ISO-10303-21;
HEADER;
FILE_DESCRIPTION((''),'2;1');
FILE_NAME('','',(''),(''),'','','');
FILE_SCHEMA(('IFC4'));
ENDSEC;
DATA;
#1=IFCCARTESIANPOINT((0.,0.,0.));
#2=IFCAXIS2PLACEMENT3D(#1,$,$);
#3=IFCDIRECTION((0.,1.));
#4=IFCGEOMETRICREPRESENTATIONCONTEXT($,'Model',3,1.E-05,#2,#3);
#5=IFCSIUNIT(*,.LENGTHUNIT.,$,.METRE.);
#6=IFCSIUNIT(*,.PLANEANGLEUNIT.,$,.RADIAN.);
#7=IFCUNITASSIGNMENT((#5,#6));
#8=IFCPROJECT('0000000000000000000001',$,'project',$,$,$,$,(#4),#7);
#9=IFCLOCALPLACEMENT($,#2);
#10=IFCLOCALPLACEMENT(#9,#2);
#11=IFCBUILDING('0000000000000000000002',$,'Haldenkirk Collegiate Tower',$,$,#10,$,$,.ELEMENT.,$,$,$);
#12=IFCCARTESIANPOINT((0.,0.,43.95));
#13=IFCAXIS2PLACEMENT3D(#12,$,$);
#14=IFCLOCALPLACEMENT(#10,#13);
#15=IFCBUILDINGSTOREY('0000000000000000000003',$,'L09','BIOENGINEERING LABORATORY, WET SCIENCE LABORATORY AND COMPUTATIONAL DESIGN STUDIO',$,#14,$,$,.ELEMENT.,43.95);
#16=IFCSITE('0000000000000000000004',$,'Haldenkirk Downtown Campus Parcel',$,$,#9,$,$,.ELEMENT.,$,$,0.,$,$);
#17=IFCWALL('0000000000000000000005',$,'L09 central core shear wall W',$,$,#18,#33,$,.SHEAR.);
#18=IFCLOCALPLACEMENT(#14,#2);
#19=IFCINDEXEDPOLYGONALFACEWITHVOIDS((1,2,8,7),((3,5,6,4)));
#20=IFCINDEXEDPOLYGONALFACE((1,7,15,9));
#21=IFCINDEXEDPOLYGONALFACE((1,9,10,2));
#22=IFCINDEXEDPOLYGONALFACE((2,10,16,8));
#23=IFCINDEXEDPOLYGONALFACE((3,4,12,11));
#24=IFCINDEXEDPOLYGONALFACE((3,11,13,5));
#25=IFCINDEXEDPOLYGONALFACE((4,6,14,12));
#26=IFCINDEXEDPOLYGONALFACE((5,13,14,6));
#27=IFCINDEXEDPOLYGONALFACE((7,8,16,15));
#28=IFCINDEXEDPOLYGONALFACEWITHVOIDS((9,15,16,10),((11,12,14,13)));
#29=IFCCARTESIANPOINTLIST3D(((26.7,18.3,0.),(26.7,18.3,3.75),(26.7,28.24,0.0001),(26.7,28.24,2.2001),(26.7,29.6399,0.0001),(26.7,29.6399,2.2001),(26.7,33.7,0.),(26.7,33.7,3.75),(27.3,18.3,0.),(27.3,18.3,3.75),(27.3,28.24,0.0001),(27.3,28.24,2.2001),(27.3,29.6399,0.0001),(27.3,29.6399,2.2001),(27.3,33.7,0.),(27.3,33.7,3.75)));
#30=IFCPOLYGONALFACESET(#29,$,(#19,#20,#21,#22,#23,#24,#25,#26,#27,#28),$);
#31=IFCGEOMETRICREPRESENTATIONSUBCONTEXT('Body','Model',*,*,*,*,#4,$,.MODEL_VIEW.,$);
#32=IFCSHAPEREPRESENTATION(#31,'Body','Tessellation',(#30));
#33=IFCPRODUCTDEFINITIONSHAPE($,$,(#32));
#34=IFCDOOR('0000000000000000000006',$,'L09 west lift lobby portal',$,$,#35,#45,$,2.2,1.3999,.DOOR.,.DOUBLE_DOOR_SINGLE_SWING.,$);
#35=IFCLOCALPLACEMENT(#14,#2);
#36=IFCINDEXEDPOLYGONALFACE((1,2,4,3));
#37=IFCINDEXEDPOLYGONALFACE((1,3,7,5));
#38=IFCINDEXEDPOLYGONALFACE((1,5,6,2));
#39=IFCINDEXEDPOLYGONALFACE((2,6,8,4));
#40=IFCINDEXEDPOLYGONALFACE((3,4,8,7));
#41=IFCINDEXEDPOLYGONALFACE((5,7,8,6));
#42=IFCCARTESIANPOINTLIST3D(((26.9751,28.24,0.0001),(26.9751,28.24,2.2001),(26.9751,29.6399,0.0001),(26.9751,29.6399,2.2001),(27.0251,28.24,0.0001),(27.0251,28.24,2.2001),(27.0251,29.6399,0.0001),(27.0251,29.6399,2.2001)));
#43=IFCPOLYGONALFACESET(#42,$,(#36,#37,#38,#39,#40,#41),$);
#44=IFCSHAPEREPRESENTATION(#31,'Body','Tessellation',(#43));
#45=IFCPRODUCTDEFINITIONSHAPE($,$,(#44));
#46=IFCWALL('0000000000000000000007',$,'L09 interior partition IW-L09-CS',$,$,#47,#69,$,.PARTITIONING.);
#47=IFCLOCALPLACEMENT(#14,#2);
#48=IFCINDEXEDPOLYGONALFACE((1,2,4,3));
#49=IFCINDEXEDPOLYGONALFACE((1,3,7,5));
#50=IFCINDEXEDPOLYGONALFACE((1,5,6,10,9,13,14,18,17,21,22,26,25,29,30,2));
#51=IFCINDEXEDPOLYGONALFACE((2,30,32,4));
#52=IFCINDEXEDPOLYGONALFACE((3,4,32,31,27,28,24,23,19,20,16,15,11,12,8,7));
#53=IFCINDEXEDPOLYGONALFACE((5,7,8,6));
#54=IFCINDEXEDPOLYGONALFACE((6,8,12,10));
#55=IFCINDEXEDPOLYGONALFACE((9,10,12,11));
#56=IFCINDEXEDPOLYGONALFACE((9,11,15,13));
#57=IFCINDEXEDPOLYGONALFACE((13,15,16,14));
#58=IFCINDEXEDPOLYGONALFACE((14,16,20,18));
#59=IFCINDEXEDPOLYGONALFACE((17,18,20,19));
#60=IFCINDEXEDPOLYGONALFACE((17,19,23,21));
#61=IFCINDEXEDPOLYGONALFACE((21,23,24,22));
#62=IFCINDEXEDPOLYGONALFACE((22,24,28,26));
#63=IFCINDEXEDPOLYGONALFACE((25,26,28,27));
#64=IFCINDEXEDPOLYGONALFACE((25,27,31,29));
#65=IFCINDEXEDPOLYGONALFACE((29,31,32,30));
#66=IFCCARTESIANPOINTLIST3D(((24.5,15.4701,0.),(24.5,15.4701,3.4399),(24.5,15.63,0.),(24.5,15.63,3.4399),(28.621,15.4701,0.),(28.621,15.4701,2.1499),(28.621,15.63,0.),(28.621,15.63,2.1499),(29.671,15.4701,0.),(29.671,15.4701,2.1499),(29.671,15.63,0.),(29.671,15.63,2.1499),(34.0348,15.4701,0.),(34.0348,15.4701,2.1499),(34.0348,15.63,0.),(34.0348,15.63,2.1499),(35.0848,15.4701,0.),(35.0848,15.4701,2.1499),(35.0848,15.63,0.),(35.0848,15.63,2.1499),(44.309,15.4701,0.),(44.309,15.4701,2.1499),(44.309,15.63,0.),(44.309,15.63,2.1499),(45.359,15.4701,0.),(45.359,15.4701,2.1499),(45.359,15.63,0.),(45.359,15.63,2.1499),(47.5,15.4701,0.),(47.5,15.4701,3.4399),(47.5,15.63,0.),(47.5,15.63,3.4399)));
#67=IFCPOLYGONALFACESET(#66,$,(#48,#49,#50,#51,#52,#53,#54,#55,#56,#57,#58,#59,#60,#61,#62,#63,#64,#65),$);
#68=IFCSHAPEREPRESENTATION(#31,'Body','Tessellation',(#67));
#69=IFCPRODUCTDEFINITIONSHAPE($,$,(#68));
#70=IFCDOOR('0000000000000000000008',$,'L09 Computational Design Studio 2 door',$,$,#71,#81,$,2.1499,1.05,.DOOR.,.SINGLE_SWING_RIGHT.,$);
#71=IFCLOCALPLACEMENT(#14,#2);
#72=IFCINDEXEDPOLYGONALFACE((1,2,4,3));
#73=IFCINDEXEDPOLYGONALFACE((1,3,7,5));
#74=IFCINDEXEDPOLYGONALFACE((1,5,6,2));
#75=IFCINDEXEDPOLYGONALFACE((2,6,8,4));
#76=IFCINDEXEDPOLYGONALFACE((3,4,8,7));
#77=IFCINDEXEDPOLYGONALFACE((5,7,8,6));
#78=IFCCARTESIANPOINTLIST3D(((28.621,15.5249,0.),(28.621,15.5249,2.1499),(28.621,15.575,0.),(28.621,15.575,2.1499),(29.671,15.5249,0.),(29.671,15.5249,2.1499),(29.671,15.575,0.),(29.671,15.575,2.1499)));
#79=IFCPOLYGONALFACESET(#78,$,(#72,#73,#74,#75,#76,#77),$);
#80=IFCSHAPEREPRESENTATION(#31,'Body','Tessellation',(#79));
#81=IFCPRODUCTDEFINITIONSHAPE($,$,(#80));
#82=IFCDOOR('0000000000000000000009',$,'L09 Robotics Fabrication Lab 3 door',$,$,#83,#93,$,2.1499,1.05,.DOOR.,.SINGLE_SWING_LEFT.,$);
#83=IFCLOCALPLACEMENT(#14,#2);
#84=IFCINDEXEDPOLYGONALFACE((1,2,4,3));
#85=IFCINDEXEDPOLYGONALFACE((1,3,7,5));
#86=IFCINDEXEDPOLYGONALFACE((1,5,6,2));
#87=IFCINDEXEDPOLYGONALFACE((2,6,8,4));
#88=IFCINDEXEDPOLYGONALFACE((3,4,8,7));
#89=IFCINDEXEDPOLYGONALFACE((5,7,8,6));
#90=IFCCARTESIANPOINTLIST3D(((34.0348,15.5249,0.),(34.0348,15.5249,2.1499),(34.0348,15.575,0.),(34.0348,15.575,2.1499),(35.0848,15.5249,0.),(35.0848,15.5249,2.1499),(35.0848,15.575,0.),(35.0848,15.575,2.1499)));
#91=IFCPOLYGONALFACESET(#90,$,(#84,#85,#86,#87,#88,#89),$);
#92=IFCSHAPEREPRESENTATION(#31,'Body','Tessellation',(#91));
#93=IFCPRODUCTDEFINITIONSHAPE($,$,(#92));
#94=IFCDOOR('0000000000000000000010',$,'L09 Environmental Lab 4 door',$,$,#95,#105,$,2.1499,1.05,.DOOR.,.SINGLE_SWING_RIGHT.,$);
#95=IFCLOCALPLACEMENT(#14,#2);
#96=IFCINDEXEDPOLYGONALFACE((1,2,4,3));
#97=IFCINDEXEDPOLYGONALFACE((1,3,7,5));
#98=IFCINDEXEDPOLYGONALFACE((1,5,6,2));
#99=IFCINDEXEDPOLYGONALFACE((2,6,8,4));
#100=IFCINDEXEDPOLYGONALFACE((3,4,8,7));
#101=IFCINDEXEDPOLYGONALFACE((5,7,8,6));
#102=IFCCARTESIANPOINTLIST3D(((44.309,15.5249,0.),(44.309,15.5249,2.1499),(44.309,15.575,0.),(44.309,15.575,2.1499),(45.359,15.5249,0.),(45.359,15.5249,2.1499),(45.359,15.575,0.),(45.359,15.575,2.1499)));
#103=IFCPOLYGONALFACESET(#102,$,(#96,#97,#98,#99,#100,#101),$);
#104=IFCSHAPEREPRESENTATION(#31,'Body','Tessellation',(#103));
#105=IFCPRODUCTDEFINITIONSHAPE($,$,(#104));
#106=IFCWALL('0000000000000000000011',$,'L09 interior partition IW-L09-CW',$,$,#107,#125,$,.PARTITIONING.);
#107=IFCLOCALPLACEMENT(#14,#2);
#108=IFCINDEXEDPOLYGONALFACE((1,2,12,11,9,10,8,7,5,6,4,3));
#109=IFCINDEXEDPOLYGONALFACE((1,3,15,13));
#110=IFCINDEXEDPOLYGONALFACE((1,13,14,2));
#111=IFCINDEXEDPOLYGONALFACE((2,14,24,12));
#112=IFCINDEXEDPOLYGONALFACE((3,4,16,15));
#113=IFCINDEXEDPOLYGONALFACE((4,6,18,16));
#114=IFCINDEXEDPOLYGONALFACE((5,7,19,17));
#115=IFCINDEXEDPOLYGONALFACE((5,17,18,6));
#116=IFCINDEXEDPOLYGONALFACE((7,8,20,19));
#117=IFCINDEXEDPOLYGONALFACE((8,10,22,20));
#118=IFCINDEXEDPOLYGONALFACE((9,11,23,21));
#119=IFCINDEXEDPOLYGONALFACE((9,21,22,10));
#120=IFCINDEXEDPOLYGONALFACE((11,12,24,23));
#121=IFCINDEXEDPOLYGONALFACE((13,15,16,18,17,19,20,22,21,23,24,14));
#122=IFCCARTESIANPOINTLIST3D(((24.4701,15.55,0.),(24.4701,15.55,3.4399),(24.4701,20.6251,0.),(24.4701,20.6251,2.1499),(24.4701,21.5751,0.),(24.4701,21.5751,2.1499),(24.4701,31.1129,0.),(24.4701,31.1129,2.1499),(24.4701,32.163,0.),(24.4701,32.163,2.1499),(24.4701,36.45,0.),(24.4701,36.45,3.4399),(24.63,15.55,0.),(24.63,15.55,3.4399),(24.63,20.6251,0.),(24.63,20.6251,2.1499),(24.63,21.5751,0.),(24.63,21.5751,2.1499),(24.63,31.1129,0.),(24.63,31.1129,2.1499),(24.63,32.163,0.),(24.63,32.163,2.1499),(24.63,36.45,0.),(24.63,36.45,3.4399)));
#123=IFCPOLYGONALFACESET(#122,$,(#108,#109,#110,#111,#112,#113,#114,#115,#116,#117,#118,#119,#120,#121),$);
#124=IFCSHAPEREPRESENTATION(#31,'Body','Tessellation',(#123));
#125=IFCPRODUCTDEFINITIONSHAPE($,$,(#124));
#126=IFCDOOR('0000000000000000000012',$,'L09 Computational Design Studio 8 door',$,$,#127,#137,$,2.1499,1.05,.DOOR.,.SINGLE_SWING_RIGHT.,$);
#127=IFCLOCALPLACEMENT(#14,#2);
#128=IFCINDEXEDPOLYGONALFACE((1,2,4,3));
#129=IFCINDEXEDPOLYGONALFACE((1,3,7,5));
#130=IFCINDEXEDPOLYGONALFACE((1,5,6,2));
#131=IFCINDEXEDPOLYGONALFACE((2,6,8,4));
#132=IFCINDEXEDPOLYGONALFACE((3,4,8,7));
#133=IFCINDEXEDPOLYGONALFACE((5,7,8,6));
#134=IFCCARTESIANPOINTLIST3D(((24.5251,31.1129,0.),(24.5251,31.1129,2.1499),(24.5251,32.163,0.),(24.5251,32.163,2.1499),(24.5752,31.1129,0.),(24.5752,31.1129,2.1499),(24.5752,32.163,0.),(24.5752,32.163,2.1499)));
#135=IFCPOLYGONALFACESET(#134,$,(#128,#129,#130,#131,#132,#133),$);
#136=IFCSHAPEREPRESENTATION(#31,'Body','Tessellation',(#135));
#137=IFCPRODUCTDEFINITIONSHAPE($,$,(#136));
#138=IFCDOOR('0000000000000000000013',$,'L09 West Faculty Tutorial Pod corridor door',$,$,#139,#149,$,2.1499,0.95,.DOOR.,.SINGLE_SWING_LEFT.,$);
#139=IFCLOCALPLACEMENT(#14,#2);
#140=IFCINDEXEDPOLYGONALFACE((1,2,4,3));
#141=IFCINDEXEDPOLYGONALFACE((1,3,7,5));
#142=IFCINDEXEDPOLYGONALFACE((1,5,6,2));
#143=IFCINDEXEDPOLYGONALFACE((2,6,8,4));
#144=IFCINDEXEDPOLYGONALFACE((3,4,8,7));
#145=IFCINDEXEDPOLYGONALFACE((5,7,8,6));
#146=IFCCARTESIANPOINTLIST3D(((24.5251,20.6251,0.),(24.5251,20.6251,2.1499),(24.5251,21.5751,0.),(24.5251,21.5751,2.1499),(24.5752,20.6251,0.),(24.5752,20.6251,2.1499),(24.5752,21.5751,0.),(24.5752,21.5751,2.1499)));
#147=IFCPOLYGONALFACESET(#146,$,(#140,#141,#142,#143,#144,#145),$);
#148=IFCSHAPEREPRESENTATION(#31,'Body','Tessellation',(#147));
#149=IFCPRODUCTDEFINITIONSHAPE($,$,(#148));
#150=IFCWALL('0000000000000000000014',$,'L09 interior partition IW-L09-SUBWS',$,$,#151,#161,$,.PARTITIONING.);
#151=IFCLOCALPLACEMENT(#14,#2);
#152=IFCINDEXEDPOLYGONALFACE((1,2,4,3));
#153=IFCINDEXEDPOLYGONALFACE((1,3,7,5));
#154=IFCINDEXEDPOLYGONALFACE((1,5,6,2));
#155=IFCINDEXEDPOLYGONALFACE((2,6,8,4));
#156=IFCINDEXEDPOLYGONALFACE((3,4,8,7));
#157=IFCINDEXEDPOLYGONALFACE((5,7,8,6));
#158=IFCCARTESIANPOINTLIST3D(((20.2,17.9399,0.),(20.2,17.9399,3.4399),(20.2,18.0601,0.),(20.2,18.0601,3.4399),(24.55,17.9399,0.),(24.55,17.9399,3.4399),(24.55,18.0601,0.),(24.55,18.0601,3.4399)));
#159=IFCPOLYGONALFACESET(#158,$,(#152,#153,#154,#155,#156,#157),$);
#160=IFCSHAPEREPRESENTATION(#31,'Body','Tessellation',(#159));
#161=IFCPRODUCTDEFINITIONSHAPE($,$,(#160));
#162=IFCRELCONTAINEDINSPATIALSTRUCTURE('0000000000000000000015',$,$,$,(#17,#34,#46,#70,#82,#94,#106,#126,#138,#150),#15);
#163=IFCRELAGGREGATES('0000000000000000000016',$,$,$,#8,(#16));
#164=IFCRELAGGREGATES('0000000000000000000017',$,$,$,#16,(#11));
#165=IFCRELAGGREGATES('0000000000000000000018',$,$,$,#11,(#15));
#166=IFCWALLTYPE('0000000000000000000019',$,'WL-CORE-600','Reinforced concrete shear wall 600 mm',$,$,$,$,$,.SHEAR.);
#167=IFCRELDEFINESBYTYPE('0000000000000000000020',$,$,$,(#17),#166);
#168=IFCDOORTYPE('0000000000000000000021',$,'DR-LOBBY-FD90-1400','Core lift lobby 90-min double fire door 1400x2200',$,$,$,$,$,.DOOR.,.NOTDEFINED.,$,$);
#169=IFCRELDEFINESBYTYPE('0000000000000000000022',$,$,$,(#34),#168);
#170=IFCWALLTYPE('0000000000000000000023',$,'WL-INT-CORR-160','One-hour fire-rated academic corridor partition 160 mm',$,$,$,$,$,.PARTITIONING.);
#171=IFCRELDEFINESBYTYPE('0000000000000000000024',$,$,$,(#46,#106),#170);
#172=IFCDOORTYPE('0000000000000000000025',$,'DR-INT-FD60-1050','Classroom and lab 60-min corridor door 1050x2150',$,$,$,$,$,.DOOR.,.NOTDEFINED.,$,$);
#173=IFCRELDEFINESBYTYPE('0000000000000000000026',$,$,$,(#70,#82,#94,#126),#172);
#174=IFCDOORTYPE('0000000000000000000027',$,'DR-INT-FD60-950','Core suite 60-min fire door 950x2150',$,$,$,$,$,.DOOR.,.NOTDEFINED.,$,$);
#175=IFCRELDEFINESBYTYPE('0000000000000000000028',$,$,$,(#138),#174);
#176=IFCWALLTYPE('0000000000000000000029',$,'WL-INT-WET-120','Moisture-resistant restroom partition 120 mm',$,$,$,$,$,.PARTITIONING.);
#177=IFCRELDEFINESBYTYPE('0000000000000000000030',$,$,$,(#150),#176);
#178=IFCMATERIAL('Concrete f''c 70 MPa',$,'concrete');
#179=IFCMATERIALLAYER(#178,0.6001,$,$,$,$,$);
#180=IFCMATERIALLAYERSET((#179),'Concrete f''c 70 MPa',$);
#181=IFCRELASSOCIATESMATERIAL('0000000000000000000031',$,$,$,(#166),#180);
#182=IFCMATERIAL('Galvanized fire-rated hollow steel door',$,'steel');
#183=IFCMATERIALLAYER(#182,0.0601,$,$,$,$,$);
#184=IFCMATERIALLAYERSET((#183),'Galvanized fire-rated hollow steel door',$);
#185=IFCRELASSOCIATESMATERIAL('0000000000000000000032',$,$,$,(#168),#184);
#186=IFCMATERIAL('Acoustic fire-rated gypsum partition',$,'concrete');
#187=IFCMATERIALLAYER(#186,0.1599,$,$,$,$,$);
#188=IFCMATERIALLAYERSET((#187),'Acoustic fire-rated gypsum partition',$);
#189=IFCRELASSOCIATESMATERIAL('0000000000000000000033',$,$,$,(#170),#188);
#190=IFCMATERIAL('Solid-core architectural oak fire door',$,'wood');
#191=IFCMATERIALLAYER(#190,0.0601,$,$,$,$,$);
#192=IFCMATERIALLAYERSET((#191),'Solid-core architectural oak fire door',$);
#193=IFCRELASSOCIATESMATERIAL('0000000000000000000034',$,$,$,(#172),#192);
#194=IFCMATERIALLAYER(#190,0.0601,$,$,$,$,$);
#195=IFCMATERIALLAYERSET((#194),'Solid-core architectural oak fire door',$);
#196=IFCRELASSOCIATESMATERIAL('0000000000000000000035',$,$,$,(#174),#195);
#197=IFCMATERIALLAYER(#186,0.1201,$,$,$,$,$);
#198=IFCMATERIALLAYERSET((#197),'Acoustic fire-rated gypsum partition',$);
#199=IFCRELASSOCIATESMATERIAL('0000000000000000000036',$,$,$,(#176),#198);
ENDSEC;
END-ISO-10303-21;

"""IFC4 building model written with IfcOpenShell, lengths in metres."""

from ifc_helpers import new_model, si_unit, direction, frame, frame_2d, origin, place, context, subcontext, project, spatial, rectangle, extrude, material, layer, layer_set, type_object, element, fill, save


model = new_model("IFC4")

# Units and contexts
model_context = context("Model", 3, precision=1e-05, world=origin(), true_north=direction((0.0, 1.0)))
body_context = subcontext(model_context, "Body", "Model", "MODEL_VIEW")
ifc_project = project(units=[si_unit("LENGTHUNIT", "METRE"), si_unit("PLANEANGLEUNIT", "RADIAN")], contexts=[model_context])

# Site, building, storey
site_placement = place(None, origin())
site = spatial("IfcSite", under=ifc_project, at=site_placement, Name="Haldenkirk Downtown Campus Parcel", CompositionType="ELEMENT", RefElevation=0.0)
building_placement = place(site_placement, origin())
building = spatial("IfcBuilding", under=site, at=building_placement, Name="Haldenkirk Collegiate Tower", CompositionType="ELEMENT")
storey_placement = place(building_placement, frame((0.0, 0.0, 43.95)))
storey = spatial("IfcBuildingStorey", under=building, at=storey_placement, Name="L09", Description="BIOENGINEERING LABORATORY, WET SCIENCE LABORATORY AND COMPUTATIONAL DESIGN STUDIO", CompositionType="ELEMENT", Elevation=43.95)

# Shared definitions
ifc_material_1 = material(Name="Concrete f'c 70 MPa", Category="concrete")
ifc_layer_1 = layer(ifc_material_1, 0.6001)
ifc_layer_set_1 = layer_set([ifc_layer_1], Name="Concrete f'c 70 MPa")
wall_type_1 = type_object("IfcWallType", Name="WL-CORE-600", Description="Reinforced concrete shear wall 600 mm", PredefinedType="SHEAR", material=ifc_layer_set_1)
ifc_material_2 = material(Name="Galvanized fire-rated hollow steel door", Category="steel")

# Wall, opening, door
wall_1_placement = place(storey_placement, frame((27.0, 18.3, 0.0), z_axis=(0.0, 0.0, 1.0), x_axis=(0.0, 1.0, 0.0)))
wall_1 = element("IfcWall", 1, at=wall_1_placement, inside=storey, type_object=wall_type_1, Name="L09 central core shear wall W", PredefinedType="SHEAR", context=body_context, shape_type="SweptSolid", body=[
    extrude(rectangle(XDim=15.3999, YDim=0.6001, at=frame_2d((7.7, 0.0))), origin(), (0.0, 0.0, 1.0), 3.75),
])
opening_1_placement = place(wall_1_placement, frame((9.9399, 0.0, 0.0)))
opening_1 = element("IfcOpeningElement", 2, at=opening_1_placement, cuts=wall_1, PredefinedType="OPENING", context=body_context, shape_type="SweptSolid", body=[
    extrude(rectangle(XDim=1.3999, YDim=2.2, at=frame_2d((0.7, 1.1001))), frame((0.0, 0.3101, 0.0), z_axis=(0.0, -1.0, 0.0), x_axis=(1.0, 0.0, 0.0)), (0.0, 0.0, 1.0), 0.6201),
])
ifc_layer_2 = layer(ifc_material_2, 0.0601)
ifc_layer_set_2 = layer_set([ifc_layer_2], Name="Galvanized fire-rated hollow steel door")
door_type_1 = type_object("IfcDoorType", Name="DR-LOBBY-FD90-1400", Description="Core lift lobby 90-min double fire door 1400x2200", OperationType="NOTDEFINED", PredefinedType="DOOR", material=ifc_layer_set_2)
door_1_placement = place(opening_1_placement, origin())
door_1 = element("IfcDoor", 3, at=door_1_placement, inside=storey, type_object=door_type_1, Name="L09 west lift lobby portal", OperationType="DOUBLE_DOOR_SINGLE_SWING", OverallHeight=2.2, OverallWidth=1.3999, PredefinedType="DOOR", context=body_context, shape_type="SweptSolid", body=[
    extrude(rectangle(XDim=1.3999, YDim=2.2, at=frame_2d((0.7, 1.1001))), frame((0.0, 0.0249, 0.0), z_axis=(0.0, -1.0, 0.0), x_axis=(1.0, 0.0, 0.0)), (0.0, 0.0, 1.0), 0.05),
])
fill(opening_1, door_1)

# Walls, openings, doors
ifc_material_3 = material(Name="Acoustic fire-rated gypsum partition", Category="concrete")
ifc_layer_3 = layer(ifc_material_3, 0.1599)
ifc_layer_set_3 = layer_set([ifc_layer_3], Name="Acoustic fire-rated gypsum partition")
wall_type_2 = type_object("IfcWallType", Name="WL-INT-CORR-160", Description="One-hour fire-rated academic corridor partition 160 mm", PredefinedType="PARTITIONING", material=ifc_layer_set_3)
wall_2_placement = place(storey_placement, frame((24.5, 15.55, 0.0), z_axis=(0.0, 0.0, 1.0), x_axis=(1.0, 0.0, 0.0)))
wall_2 = element("IfcWall", 4, at=wall_2_placement, inside=storey, type_object=wall_type_2, Name="L09 interior partition IW-L09-CS", PredefinedType="PARTITIONING", context=body_context, shape_type="SweptSolid", body=[
    extrude(rectangle(XDim=23.0, YDim=0.1599, at=frame_2d((11.5, 0.0))), origin(), (0.0, 0.0, 1.0), 3.4399),
])
opening_2_placement = place(wall_2_placement, frame((4.1211, 0.0, 0.0)))
opening_2 = element("IfcOpeningElement", 5, at=opening_2_placement, cuts=wall_2, PredefinedType="OPENING", context=body_context, shape_type="SweptSolid", body=[
    extrude(rectangle(XDim=1.05, YDim=2.1499, at=frame_2d((0.5249, 1.075))), frame((0.0, 0.0898, 0.0), z_axis=(0.0, -1.0, 0.0), x_axis=(1.0, 0.0, 0.0)), (0.0, 0.0, 1.0), 0.1799),
])
opening_3_placement = place(wall_2_placement, frame((9.5349, 0.0, 0.0)))
opening_3 = element("IfcOpeningElement", 6, at=opening_3_placement, cuts=wall_2, PredefinedType="OPENING", context=body_context, shape_type="SweptSolid", body=[
    extrude(rectangle(XDim=1.05, YDim=2.1499, at=frame_2d((0.5249, 1.075))), frame((0.0, 0.0898, 0.0), z_axis=(0.0, -1.0, 0.0), x_axis=(1.0, 0.0, 0.0)), (0.0, 0.0, 1.0), 0.1799),
])
opening_4_placement = place(wall_2_placement, frame((19.8091, 0.0, 0.0)))
opening_4 = element("IfcOpeningElement", 7, at=opening_4_placement, cuts=wall_2, PredefinedType="OPENING", context=body_context, shape_type="SweptSolid", body=[
    extrude(rectangle(XDim=1.05, YDim=2.1499, at=frame_2d((0.5249, 1.075))), frame((0.0, 0.0898, 0.0), z_axis=(0.0, -1.0, 0.0), x_axis=(1.0, 0.0, 0.0)), (0.0, 0.0, 1.0), 0.1799),
])
ifc_material_4 = material(Name="Solid-core architectural oak fire door", Category="wood")
ifc_layer_4 = layer(ifc_material_4, 0.0601)
ifc_layer_set_4 = layer_set([ifc_layer_4], Name="Solid-core architectural oak fire door")
door_type_2 = type_object("IfcDoorType", Name="DR-INT-FD60-1050", Description="Classroom and lab 60-min corridor door 1050x2150", OperationType="NOTDEFINED", PredefinedType="DOOR", material=ifc_layer_set_4)
door_2_placement = place(opening_2_placement, origin())
door_2 = element("IfcDoor", 8, at=door_2_placement, inside=storey, type_object=door_type_2, Name="L09 Computational Design Studio 2 door", OperationType="SINGLE_SWING_RIGHT", OverallHeight=2.1499, OverallWidth=1.05, PredefinedType="DOOR", context=body_context, shape_type="SweptSolid", body=[
    extrude(rectangle(XDim=1.05, YDim=2.1499, at=frame_2d((0.5249, 1.075))), frame((0.0, 0.0249, 0.0), z_axis=(0.0, -1.0, 0.0), x_axis=(1.0, 0.0, 0.0)), (0.0, 0.0, 1.0), 0.05),
])
fill(opening_2, door_2)
door_3_placement = place(opening_3_placement, origin())
door_3 = element("IfcDoor", 9, at=door_3_placement, inside=storey, type_object=door_type_2, Name="L09 Robotics Fabrication Lab 3 door", OperationType="SINGLE_SWING_LEFT", OverallHeight=2.1499, OverallWidth=1.05, PredefinedType="DOOR", context=body_context, shape_type="SweptSolid", body=[
    extrude(rectangle(XDim=1.05, YDim=2.1499, at=frame_2d((0.5249, 1.075))), frame((0.0, 0.0249, 0.0), z_axis=(0.0, -1.0, 0.0), x_axis=(1.0, 0.0, 0.0)), (0.0, 0.0, 1.0), 0.05),
])
fill(opening_3, door_3)
door_4_placement = place(opening_4_placement, origin())
door_4 = element("IfcDoor", 10, at=door_4_placement, inside=storey, type_object=door_type_2, Name="L09 Environmental Lab 4 door", OperationType="SINGLE_SWING_RIGHT", OverallHeight=2.1499, OverallWidth=1.05, PredefinedType="DOOR", context=body_context, shape_type="SweptSolid", body=[
    extrude(rectangle(XDim=1.05, YDim=2.1499, at=frame_2d((0.5249, 1.075))), frame((0.0, 0.0249, 0.0), z_axis=(0.0, -1.0, 0.0), x_axis=(1.0, 0.0, 0.0)), (0.0, 0.0, 1.0), 0.05),
])
fill(opening_4, door_4)
wall_3_placement = place(storey_placement, frame((24.55, 15.55, 0.0), z_axis=(0.0, 0.0, 1.0), x_axis=(0.0, 1.0, 0.0)))
wall_3 = element("IfcWall", 11, at=wall_3_placement, inside=storey, type_object=wall_type_2, Name="L09 interior partition IW-L09-CW", PredefinedType="PARTITIONING", context=body_context, shape_type="SweptSolid", body=[
    extrude(rectangle(XDim=20.8999, YDim=0.1599, at=frame_2d((10.45, 0.0))), origin(), (0.0, 0.0, 1.0), 3.4399),
])
opening_5_placement = place(wall_3_placement, frame((5.075, 0.0, 0.0)))
opening_5 = element("IfcOpeningElement", 12, at=opening_5_placement, cuts=wall_3, PredefinedType="OPENING", context=body_context, shape_type="SweptSolid", body=[
    extrude(rectangle(XDim=0.95, YDim=2.1499, at=frame_2d((0.4751, 1.075))), frame((0.0, 0.0898, 0.0), z_axis=(0.0, -1.0, 0.0), x_axis=(1.0, 0.0, 0.0)), (0.0, 0.0, 1.0), 0.1799),
])
opening_6_placement = place(wall_3_placement, frame((15.563, 0.0, 0.0)))
opening_6 = element("IfcOpeningElement", 13, at=opening_6_placement, cuts=wall_3, PredefinedType="OPENING", context=body_context, shape_type="SweptSolid", body=[
    extrude(rectangle(XDim=1.05, YDim=2.1499, at=frame_2d((0.5249, 1.075))), frame((0.0, 0.0898, 0.0), z_axis=(0.0, -1.0, 0.0), x_axis=(1.0, 0.0, 0.0)), (0.0, 0.0, 1.0), 0.1799),
])
door_5_placement = place(opening_6_placement, origin())
door_5 = element("IfcDoor", 14, at=door_5_placement, inside=storey, type_object=door_type_2, Name="L09 Computational Design Studio 8 door", OperationType="SINGLE_SWING_RIGHT", OverallHeight=2.1499, OverallWidth=1.05, PredefinedType="DOOR", context=body_context, shape_type="SweptSolid", body=[
    extrude(rectangle(XDim=1.05, YDim=2.1499, at=frame_2d((0.5249, 1.075))), frame((0.0, 0.0249, 0.0), z_axis=(0.0, -1.0, 0.0), x_axis=(1.0, 0.0, 0.0)), (0.0, 0.0, 1.0), 0.05),
])
fill(opening_6, door_5)
ifc_layer_5 = layer(ifc_material_4, 0.0601)
ifc_layer_set_5 = layer_set([ifc_layer_5], Name="Solid-core architectural oak fire door")
door_type_3 = type_object("IfcDoorType", Name="DR-INT-FD60-950", Description="Core suite 60-min fire door 950x2150", OperationType="NOTDEFINED", PredefinedType="DOOR", material=ifc_layer_set_5)
door_6_placement = place(opening_5_placement, origin())
door_6 = element("IfcDoor", 15, at=door_6_placement, inside=storey, type_object=door_type_3, Name="L09 West Faculty Tutorial Pod corridor door", OperationType="SINGLE_SWING_LEFT", OverallHeight=2.1499, OverallWidth=0.95, PredefinedType="DOOR", context=body_context, shape_type="SweptSolid", body=[
    extrude(rectangle(XDim=0.95, YDim=2.1499, at=frame_2d((0.4751, 1.075))), frame((0.0, 0.0249, 0.0), z_axis=(0.0, -1.0, 0.0), x_axis=(1.0, 0.0, 0.0)), (0.0, 0.0, 1.0), 0.05),
])
fill(opening_5, door_6)

# Wall
ifc_layer_6 = layer(ifc_material_3, 0.1201)
ifc_layer_set_6 = layer_set([ifc_layer_6], Name="Acoustic fire-rated gypsum partition")
wall_type_3 = type_object("IfcWallType", Name="WL-INT-WET-120", Description="Moisture-resistant restroom partition 120 mm", PredefinedType="PARTITIONING", material=ifc_layer_set_6)
wall_4_placement = place(storey_placement, frame((20.2, 18.0, 0.0), z_axis=(0.0, 0.0, 1.0), x_axis=(1.0, 0.0, 0.0)))
element("IfcWall", 16, at=wall_4_placement, inside=storey, type_object=wall_type_3, Name="L09 interior partition IW-L09-SUBWS", PredefinedType="PARTITIONING", context=body_context, shape_type="SweptSolid", body=[
    extrude(rectangle(XDim=4.3501, YDim=0.1201, at=frame_2d((2.175, 0.0))), origin(), (0.0, 0.0, 1.0), 3.4399),
])

save(model, "model.ifc")
